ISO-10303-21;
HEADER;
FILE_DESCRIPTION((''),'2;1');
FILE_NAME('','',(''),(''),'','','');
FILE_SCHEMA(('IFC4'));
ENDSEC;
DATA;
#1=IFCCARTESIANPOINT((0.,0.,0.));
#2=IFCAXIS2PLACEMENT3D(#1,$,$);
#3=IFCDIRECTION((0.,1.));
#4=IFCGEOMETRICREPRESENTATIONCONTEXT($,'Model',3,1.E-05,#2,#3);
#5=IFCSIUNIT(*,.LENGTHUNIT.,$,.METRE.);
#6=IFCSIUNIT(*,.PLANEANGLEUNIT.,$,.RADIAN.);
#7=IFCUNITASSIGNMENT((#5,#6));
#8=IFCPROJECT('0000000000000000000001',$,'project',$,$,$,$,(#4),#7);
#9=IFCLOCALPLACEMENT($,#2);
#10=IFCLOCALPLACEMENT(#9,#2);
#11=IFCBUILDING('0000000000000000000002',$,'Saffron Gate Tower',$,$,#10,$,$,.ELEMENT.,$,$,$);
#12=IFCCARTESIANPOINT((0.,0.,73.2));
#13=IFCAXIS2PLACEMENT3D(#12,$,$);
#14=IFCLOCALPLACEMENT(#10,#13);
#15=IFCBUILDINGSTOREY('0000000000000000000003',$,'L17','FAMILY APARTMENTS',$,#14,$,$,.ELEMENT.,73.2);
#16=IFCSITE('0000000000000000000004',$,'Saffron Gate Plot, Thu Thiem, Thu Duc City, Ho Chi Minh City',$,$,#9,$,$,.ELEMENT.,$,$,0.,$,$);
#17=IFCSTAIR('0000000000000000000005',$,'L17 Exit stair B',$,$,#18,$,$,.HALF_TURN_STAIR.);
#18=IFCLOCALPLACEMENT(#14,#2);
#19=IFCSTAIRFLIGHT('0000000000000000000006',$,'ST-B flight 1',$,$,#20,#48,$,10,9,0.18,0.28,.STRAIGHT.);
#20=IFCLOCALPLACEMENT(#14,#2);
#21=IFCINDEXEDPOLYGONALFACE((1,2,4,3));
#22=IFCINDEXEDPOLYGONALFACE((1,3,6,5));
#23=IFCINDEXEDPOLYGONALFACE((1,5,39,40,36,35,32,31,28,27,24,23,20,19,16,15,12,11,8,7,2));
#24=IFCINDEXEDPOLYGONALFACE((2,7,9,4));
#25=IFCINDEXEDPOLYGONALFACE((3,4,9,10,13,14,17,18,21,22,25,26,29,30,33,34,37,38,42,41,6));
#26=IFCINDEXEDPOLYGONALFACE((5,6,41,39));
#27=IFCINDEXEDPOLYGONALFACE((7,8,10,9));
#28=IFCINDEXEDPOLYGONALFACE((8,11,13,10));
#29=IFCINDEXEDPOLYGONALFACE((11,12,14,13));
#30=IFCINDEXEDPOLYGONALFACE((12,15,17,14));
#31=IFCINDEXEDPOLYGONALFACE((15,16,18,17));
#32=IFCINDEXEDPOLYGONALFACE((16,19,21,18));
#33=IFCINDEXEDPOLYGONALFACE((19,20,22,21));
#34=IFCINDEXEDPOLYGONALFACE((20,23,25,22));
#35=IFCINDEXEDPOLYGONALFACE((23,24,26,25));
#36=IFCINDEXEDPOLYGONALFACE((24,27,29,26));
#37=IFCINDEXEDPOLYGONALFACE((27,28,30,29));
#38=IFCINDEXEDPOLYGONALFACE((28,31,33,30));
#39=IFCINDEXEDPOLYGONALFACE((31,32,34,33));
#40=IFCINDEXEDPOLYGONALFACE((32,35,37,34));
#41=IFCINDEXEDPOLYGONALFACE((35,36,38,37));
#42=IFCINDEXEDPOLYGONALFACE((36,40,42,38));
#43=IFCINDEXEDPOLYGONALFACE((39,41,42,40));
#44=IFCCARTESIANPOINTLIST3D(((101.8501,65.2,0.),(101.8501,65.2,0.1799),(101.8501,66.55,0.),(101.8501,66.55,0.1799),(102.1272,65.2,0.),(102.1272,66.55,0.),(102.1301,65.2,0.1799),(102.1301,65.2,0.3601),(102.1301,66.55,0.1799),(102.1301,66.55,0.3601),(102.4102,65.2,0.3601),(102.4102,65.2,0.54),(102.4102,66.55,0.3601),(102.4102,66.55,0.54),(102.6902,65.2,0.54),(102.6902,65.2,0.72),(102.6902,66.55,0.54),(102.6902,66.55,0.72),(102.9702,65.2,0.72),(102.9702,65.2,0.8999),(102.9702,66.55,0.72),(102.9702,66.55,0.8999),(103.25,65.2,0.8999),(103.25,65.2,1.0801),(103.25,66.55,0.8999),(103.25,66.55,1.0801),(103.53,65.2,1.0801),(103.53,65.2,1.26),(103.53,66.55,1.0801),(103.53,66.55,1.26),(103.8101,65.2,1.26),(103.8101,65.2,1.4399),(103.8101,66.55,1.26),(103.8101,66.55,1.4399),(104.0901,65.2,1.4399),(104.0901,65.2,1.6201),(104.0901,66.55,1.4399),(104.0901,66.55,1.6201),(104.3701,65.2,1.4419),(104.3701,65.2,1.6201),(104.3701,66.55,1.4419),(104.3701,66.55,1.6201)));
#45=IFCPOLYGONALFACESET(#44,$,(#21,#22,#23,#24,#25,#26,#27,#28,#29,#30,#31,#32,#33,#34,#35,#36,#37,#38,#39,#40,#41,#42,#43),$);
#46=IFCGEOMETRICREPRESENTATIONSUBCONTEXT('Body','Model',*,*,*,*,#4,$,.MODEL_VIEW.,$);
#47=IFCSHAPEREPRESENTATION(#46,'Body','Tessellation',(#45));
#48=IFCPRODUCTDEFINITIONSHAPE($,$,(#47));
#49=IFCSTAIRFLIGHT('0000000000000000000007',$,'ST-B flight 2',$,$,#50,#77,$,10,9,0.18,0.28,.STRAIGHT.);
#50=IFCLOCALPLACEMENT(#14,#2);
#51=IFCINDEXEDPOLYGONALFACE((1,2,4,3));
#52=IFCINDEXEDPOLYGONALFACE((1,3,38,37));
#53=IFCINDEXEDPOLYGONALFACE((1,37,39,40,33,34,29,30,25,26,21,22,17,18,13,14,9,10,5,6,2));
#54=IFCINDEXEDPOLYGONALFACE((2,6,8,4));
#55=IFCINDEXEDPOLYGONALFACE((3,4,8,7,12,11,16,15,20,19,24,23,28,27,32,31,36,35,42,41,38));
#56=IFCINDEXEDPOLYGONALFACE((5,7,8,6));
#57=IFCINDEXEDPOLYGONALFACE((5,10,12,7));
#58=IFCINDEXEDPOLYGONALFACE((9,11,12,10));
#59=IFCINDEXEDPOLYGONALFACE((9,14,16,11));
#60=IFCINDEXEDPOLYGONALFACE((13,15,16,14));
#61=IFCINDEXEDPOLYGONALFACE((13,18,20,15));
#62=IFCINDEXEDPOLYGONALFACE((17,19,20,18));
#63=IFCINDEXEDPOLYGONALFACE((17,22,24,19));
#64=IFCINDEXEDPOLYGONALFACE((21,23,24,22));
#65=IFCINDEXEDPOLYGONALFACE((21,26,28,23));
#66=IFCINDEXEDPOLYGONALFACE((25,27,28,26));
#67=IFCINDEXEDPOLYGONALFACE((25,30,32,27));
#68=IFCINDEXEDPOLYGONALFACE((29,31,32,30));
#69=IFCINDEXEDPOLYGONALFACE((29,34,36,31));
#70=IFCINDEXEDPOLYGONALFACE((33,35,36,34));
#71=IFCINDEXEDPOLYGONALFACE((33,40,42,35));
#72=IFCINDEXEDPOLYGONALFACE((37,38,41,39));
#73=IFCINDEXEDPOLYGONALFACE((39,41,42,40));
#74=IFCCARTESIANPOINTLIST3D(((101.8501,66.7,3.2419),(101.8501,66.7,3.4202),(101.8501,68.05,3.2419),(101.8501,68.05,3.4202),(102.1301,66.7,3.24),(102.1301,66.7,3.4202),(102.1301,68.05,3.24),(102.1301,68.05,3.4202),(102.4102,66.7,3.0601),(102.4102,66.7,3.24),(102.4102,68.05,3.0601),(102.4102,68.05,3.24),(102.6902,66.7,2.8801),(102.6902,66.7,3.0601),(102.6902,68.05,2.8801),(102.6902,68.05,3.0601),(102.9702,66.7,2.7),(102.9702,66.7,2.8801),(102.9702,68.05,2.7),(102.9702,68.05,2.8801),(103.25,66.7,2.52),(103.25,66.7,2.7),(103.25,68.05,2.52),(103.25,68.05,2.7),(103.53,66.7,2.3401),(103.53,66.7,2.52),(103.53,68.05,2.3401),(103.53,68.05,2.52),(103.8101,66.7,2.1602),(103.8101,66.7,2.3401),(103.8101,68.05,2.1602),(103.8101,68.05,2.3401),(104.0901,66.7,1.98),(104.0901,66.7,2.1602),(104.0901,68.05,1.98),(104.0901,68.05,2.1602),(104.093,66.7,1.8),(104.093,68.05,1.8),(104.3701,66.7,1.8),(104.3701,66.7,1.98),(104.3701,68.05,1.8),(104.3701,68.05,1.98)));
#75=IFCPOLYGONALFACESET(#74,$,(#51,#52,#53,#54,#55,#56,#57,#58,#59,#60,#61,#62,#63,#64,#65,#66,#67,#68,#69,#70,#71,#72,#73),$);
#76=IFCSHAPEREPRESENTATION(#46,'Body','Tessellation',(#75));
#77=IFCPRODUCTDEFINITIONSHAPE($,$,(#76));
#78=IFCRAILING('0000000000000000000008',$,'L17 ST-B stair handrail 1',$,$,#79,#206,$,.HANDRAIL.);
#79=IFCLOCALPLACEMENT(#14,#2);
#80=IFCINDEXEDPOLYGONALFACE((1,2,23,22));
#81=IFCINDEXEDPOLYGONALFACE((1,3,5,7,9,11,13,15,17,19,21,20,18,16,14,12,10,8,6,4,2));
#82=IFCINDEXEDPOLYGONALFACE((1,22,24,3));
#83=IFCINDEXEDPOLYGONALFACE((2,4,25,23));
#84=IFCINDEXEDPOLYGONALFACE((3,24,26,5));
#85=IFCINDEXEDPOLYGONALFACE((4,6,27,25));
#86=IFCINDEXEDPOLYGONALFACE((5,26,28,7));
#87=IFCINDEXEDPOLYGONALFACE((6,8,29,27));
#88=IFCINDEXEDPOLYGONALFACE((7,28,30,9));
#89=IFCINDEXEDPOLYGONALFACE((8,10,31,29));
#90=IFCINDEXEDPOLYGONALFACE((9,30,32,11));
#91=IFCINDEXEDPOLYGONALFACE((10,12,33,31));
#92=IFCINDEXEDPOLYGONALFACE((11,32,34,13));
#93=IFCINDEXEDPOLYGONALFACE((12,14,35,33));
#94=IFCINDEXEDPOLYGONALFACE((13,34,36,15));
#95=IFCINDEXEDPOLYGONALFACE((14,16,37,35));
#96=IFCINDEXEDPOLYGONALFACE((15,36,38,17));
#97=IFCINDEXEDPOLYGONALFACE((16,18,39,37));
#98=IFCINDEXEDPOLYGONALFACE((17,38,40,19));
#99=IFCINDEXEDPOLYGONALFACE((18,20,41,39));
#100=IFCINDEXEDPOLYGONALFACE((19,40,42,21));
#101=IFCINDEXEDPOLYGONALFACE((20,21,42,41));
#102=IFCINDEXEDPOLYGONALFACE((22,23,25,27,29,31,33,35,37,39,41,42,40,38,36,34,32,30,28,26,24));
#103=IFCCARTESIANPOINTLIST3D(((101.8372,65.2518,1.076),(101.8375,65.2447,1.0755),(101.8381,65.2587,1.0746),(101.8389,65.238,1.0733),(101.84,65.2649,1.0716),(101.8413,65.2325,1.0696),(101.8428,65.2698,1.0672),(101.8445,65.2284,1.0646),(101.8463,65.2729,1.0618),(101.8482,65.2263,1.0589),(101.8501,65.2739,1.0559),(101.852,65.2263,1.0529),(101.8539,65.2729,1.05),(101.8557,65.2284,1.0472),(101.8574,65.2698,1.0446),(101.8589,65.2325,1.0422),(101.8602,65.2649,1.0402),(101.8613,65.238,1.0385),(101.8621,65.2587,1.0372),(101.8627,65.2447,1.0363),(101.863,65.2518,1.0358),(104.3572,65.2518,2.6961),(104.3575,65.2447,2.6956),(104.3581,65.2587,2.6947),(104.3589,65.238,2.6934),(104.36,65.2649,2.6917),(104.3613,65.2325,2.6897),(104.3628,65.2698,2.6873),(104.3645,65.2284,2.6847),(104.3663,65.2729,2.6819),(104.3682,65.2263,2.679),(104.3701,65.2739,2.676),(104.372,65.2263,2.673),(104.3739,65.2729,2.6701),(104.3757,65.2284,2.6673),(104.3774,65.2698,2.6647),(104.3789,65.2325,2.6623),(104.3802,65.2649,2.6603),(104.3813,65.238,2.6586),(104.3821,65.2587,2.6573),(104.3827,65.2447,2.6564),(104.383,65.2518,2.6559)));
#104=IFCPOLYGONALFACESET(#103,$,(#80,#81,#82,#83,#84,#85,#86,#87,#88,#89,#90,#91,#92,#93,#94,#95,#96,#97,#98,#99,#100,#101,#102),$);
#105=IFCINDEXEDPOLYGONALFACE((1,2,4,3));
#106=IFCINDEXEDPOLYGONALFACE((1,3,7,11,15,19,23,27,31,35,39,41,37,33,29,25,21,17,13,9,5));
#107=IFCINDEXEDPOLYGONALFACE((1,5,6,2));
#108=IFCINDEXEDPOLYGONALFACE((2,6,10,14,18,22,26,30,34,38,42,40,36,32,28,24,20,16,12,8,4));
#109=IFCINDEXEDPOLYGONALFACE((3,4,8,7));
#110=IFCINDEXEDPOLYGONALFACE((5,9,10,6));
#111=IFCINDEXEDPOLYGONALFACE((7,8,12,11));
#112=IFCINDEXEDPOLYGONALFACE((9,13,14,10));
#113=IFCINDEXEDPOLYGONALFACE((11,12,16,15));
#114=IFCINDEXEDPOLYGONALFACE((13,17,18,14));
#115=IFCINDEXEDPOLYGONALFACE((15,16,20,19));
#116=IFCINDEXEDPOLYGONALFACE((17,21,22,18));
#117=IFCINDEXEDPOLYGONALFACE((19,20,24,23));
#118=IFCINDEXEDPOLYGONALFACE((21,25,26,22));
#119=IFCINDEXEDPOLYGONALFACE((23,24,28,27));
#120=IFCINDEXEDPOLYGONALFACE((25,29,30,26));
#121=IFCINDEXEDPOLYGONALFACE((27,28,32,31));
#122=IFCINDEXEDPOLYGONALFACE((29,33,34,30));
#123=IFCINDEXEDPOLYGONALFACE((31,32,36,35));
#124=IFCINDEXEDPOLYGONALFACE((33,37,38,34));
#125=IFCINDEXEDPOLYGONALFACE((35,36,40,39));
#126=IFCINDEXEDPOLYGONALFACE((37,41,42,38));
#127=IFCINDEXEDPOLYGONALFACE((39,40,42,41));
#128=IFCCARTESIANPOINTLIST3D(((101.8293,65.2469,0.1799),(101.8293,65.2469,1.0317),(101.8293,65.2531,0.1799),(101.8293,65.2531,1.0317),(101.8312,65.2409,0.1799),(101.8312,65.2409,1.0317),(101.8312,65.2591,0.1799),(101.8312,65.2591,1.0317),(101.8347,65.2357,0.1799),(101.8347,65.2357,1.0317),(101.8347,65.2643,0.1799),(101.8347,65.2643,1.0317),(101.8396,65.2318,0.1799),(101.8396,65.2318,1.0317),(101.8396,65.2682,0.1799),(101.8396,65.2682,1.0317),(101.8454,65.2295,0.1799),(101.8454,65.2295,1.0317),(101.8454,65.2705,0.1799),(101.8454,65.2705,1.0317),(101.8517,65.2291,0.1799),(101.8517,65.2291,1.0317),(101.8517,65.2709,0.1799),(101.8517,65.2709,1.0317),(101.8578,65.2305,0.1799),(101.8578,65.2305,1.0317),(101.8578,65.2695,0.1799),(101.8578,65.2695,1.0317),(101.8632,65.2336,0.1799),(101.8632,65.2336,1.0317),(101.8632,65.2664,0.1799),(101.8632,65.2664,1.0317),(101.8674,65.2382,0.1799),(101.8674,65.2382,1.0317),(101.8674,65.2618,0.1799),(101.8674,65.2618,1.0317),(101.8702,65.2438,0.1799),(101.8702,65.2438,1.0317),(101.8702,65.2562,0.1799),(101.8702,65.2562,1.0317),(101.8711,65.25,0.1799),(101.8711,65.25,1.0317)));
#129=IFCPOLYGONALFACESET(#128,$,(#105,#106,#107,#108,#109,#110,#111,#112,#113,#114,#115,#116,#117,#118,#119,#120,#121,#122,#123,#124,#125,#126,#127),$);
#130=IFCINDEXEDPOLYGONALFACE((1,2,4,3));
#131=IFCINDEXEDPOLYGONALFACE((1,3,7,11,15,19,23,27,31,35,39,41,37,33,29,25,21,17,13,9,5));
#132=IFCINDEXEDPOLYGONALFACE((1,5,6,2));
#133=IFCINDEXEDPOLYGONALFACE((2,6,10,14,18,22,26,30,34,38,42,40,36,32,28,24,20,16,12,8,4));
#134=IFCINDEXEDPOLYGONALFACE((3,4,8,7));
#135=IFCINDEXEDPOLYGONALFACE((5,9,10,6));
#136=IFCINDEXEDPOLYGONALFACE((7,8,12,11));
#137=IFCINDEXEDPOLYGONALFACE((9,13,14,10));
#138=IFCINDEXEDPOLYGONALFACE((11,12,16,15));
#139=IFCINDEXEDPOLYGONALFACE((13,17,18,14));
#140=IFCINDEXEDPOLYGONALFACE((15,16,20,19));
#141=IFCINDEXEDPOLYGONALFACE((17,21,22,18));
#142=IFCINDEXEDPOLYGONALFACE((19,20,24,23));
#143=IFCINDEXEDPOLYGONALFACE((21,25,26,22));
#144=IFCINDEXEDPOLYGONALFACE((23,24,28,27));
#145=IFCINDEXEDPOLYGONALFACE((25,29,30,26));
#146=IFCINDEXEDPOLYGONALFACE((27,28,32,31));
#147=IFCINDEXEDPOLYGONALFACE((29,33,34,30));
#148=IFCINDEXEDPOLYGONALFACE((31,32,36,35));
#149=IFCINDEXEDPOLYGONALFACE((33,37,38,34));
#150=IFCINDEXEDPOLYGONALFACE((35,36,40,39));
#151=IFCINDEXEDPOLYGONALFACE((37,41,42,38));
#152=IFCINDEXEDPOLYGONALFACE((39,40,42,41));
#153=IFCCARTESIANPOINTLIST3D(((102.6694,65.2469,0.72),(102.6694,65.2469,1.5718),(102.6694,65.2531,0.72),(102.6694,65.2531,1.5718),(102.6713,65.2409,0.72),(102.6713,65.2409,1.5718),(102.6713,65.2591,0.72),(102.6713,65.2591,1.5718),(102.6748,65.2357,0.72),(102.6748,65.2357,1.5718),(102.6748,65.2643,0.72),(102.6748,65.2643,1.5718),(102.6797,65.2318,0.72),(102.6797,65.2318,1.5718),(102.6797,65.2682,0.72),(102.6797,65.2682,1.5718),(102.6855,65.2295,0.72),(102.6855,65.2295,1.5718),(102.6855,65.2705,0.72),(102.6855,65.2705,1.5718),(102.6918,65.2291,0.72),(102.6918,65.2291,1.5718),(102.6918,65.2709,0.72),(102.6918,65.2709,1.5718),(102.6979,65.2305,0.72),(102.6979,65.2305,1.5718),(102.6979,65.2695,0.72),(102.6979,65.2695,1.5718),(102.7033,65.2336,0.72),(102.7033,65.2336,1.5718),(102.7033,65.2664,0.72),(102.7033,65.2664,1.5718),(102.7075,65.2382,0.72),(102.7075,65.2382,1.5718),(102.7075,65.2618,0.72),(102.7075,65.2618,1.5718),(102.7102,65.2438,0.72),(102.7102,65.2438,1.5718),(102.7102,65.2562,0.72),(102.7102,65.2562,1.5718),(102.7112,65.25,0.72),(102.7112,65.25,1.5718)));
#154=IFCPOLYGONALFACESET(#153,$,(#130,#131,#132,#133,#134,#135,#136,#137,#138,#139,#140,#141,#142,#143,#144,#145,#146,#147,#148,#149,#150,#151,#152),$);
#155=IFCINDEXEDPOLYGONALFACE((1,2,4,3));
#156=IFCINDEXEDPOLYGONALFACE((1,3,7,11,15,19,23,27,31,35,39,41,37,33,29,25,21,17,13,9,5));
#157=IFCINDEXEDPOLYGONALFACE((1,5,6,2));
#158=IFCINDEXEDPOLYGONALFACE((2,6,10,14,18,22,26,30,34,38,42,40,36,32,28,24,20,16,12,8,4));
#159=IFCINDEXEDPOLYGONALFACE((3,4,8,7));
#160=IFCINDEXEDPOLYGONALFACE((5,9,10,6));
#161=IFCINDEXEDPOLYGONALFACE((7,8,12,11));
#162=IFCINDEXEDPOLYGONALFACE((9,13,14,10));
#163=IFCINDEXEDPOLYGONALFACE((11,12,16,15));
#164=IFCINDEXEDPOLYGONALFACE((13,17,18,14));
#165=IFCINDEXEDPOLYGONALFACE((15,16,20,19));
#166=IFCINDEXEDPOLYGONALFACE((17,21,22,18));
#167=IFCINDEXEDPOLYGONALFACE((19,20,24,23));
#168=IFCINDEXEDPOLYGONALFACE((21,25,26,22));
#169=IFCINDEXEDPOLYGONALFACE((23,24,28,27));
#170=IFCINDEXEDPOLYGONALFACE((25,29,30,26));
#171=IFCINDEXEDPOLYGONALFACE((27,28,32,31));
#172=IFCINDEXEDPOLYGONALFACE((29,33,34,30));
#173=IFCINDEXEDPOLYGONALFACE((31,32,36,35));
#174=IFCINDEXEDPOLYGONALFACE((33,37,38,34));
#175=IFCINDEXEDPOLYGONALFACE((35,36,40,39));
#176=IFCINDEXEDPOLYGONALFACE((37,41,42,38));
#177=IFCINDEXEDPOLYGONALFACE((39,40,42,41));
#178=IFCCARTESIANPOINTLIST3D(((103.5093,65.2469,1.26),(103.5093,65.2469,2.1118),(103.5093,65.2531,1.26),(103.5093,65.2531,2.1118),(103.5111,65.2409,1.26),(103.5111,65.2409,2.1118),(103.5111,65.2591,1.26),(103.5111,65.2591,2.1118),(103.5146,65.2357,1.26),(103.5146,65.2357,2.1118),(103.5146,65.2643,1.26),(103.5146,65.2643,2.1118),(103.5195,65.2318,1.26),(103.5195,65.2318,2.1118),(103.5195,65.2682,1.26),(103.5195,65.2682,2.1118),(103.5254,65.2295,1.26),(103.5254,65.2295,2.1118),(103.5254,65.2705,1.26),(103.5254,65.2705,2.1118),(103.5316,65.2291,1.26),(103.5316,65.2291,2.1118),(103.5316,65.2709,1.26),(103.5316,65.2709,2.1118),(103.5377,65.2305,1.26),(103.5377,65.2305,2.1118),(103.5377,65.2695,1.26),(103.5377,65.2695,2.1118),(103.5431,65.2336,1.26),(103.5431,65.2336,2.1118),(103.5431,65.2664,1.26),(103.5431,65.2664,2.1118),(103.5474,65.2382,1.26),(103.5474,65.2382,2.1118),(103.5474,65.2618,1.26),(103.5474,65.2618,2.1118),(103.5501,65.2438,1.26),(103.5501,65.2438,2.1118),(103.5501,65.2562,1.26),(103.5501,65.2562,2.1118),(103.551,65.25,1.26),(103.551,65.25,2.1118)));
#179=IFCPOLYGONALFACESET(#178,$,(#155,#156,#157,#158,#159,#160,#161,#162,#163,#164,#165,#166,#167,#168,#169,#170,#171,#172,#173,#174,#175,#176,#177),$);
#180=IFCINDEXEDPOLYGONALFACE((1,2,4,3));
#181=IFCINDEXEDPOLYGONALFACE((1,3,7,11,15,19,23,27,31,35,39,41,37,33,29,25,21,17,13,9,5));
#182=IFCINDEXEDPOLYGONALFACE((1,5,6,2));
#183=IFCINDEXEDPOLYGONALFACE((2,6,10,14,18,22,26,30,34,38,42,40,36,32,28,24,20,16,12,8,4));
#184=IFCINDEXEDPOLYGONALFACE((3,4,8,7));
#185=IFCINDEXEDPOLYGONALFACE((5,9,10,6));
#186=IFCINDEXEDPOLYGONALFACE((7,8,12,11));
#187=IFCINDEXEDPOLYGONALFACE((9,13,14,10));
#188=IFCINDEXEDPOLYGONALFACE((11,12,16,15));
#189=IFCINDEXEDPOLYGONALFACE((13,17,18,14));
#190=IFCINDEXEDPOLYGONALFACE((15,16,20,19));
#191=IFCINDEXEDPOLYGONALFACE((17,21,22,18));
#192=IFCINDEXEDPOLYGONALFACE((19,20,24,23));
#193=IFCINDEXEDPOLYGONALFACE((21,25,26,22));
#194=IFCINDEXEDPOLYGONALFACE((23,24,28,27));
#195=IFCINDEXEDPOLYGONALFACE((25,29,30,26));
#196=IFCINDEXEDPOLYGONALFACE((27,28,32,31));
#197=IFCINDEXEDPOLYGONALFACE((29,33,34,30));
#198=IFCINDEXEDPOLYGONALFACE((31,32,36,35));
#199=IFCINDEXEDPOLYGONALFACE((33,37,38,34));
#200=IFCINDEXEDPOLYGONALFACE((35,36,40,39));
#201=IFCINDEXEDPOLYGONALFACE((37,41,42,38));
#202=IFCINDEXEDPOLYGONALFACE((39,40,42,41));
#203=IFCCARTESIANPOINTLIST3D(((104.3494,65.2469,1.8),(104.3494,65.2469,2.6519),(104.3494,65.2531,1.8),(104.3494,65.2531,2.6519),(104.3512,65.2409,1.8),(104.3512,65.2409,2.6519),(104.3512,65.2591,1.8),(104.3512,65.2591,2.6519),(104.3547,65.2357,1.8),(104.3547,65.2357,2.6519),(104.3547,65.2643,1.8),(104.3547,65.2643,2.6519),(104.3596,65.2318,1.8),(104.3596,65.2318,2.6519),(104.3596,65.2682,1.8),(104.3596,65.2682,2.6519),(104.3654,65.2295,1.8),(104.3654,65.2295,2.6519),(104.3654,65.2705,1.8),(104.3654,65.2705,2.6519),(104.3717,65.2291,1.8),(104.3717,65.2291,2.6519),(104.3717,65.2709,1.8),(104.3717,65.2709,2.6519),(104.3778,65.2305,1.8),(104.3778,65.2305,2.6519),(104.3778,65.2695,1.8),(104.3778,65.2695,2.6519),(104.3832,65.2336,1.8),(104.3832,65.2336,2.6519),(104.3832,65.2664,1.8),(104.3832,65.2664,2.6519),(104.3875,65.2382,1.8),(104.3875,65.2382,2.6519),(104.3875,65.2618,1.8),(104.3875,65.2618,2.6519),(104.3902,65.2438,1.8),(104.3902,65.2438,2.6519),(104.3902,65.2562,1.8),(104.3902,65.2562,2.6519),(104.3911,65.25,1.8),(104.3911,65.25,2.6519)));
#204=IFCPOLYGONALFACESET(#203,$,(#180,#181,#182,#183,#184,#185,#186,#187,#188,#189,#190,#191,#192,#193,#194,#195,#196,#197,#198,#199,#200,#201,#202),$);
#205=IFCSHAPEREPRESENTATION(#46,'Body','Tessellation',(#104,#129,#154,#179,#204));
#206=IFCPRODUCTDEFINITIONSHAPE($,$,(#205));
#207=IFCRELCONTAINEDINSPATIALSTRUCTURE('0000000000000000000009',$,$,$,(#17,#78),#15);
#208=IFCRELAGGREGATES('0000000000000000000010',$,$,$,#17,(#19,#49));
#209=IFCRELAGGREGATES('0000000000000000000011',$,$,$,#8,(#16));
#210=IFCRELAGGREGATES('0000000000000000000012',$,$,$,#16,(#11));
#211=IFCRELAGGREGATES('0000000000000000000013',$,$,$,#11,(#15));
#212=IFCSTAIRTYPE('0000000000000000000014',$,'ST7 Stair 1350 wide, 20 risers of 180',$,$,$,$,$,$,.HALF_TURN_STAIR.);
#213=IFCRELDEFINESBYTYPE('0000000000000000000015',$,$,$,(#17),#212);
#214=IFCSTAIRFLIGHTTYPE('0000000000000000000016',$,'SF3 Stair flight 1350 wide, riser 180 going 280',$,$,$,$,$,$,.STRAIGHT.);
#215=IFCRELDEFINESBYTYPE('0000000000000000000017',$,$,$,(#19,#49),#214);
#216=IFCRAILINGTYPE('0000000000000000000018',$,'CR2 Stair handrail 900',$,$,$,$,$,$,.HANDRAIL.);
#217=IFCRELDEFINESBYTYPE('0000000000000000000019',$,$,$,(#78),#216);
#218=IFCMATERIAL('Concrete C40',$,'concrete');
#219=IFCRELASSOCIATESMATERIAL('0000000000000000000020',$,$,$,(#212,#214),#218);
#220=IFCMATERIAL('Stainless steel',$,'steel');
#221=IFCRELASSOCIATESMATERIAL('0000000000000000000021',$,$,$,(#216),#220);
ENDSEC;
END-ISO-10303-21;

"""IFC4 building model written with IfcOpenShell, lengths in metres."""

from ifc_helpers import new_model, si_unit, direction, frame, origin, origin_2d, place, context, subcontext, project, spatial, polyline, circle, outline, extrude, material, type_object, element, aggregate, save


model = new_model("IFC4")

# Units and contexts
model_context = context("Model", 3, precision=1e-05, world=origin(), true_north=direction((0.0, 1.0)))
body_context = subcontext(model_context, "Body", "Model", "MODEL_VIEW")
ifc_project = project(units=[si_unit("LENGTHUNIT", "METRE"), si_unit("PLANEANGLEUNIT", "RADIAN")], contexts=[model_context])

# Site, building, storey
site_placement = place(None, origin())
site = spatial("IfcSite", under=ifc_project, at=site_placement, Name="Saffron Gate Plot, Thu Thiem, Thu Duc City, Ho Chi Minh City", CompositionType="ELEMENT", RefElevation=0.0)
building_placement = place(site_placement, origin())
building = spatial("IfcBuilding", under=site, at=building_placement, Name="Saffron Gate Tower", CompositionType="ELEMENT")
storey_placement = place(building_placement, frame((0.0, 0.0, 73.2)))
storey = spatial("IfcBuildingStorey", under=building, at=storey_placement, Name="L17", Description="FAMILY APARTMENTS", CompositionType="ELEMENT", Elevation=73.2)

# Stair, stair flights
ifc_material_1 = material(Name="Concrete C40", Category="concrete")
stair_type = type_object("IfcStairType", Name="ST7 Stair 1350 wide, 20 risers of 180", PredefinedType="HALF_TURN_STAIR", material=ifc_material_1)
stair_placement = place(storey_placement, origin())
stair = element("IfcStair", 1, at=stair_placement, inside=storey, type_object=stair_type, Name="L17 Exit stair B", PredefinedType="HALF_TURN_STAIR")
stair_flight_type = type_object("IfcStairFlightType", Name="SF3 Stair flight 1350 wide, riser 180 going 280", PredefinedType="STRAIGHT", material=ifc_material_1)
stair_flight_1_placement = place(storey_placement, frame((101.8501, 65.875, 0.0), z_axis=(0.0, 0.0, 1.0), x_axis=(1.0, 0.0, 0.0)))
stair_flight_1 = element("IfcStairFlight", 2, at=stair_flight_1_placement, type_object=stair_flight_type, Name="ST-B flight 1", NumberOfRisers=10, NumberOfTreads=9, PredefinedType="STRAIGHT", RiserHeight=0.18, TreadLength=0.28, context=body_context, shape_type="SweptSolid", body=[
    extrude(outline(polyline([(0.0, 0.0), (0.0, 0.1799), (0.28, 0.1799), (0.28, 0.3601), (0.5601, 0.3601), (0.5601, 0.54), (0.8401, 0.54), (0.8401, 0.72), (1.1201, 0.72), (1.1201, 0.8999), (1.3999, 0.8999), (1.3999, 1.0801), (1.6799, 1.0801), (1.6799, 1.26), (1.96, 1.26), (1.96, 1.4399), (2.24, 1.4399), (2.24, 1.6201), (2.52, 1.6201), (2.52, 1.8), (2.52, 1.4419), (0.2771, 0.0), (0.0, 0.0)])), frame((0.0, 0.675, 0.0), z_axis=(0.0, -1.0, 0.0), x_axis=(1.0, 0.0, 0.0)), (0.0, 0.0, 1.0), 1.3501),
])
stair_flight_2_placement = place(storey_placement, frame((104.3701, 67.375, 1.8), z_axis=(0.0, 0.0, 1.0), x_axis=(-1.0, 0.0, 0.0)))
stair_flight_2 = element("IfcStairFlight", 3, at=stair_flight_2_placement, type_object=stair_flight_type, Name="ST-B flight 2", NumberOfRisers=10, NumberOfTreads=9, PredefinedType="STRAIGHT", RiserHeight=0.18, TreadLength=0.28, context=body_context, shape_type="SweptSolid", body=[
    extrude(outline(polyline([(0.0, 0.0), (0.0, 0.1799), (0.28, 0.1799), (0.28, 0.3601), (0.5601, 0.3601), (0.5601, 0.54), (0.8401, 0.54), (0.8401, 0.72), (1.1201, 0.72), (1.1201, 0.8999), (1.3999, 0.8999), (1.3999, 1.0801), (1.6799, 1.0801), (1.6799, 1.26), (1.96, 1.26), (1.96, 1.4399), (2.24, 1.4399), (2.24, 1.6201), (2.52, 1.6201), (2.52, 1.8), (2.52, 1.4419), (0.2771, 0.0), (0.0, 0.0)])), frame((0.0, 0.675, 0.0), z_axis=(0.0, -1.0, 0.0), x_axis=(1.0, 0.0, 0.0)), (0.0, 0.0, 1.0), 1.3501),
])
aggregate(stair, [stair_flight_1, stair_flight_2])

# Railing
ifc_material_2 = material(Name="Stainless steel", Category="steel")
railing_type_1 = type_object("IfcRailingType", Name="CR2 Stair handrail 900", PredefinedType="HANDRAIL", material=ifc_material_2)
railing_1_placement = place(storey_placement, frame((101.8501, 65.25, 0.1799)))
element("IfcRailing", 4, at=railing_1_placement, inside=storey, type_object=railing_type_1, Name="L17 ST-B stair handrail 1", PredefinedType="HANDRAIL", context=body_context, shape_type="SweptSolid", body=[
    extrude(circle(Radius=0.0239, at=origin_2d()), frame((0.0, 0.0, 0.876), z_axis=(0.841163, 0.0, 0.540782), x_axis=(0.0, 1.0, 0.0)), (0.0, 0.0, 1.0), 2.9958),
    extrude(circle(Radius=0.021, at=origin_2d()), origin(), (0.0, 0.0, 1.0), 0.8518),
    extrude(circle(Radius=0.021, at=origin_2d()), frame((0.8401, 0.0, 0.54)), (0.0, 0.0, 1.0), 0.8518),
    extrude(circle(Radius=0.021, at=origin_2d()), frame((1.6799, 0.0, 1.0801)), (0.0, 0.0, 1.0), 0.8518),
    extrude(circle(Radius=0.021, at=origin_2d()), frame((2.52, 0.0, 1.6201)), (0.0, 0.0, 1.0), 0.8518),
])

save(model, "model.ifc")
